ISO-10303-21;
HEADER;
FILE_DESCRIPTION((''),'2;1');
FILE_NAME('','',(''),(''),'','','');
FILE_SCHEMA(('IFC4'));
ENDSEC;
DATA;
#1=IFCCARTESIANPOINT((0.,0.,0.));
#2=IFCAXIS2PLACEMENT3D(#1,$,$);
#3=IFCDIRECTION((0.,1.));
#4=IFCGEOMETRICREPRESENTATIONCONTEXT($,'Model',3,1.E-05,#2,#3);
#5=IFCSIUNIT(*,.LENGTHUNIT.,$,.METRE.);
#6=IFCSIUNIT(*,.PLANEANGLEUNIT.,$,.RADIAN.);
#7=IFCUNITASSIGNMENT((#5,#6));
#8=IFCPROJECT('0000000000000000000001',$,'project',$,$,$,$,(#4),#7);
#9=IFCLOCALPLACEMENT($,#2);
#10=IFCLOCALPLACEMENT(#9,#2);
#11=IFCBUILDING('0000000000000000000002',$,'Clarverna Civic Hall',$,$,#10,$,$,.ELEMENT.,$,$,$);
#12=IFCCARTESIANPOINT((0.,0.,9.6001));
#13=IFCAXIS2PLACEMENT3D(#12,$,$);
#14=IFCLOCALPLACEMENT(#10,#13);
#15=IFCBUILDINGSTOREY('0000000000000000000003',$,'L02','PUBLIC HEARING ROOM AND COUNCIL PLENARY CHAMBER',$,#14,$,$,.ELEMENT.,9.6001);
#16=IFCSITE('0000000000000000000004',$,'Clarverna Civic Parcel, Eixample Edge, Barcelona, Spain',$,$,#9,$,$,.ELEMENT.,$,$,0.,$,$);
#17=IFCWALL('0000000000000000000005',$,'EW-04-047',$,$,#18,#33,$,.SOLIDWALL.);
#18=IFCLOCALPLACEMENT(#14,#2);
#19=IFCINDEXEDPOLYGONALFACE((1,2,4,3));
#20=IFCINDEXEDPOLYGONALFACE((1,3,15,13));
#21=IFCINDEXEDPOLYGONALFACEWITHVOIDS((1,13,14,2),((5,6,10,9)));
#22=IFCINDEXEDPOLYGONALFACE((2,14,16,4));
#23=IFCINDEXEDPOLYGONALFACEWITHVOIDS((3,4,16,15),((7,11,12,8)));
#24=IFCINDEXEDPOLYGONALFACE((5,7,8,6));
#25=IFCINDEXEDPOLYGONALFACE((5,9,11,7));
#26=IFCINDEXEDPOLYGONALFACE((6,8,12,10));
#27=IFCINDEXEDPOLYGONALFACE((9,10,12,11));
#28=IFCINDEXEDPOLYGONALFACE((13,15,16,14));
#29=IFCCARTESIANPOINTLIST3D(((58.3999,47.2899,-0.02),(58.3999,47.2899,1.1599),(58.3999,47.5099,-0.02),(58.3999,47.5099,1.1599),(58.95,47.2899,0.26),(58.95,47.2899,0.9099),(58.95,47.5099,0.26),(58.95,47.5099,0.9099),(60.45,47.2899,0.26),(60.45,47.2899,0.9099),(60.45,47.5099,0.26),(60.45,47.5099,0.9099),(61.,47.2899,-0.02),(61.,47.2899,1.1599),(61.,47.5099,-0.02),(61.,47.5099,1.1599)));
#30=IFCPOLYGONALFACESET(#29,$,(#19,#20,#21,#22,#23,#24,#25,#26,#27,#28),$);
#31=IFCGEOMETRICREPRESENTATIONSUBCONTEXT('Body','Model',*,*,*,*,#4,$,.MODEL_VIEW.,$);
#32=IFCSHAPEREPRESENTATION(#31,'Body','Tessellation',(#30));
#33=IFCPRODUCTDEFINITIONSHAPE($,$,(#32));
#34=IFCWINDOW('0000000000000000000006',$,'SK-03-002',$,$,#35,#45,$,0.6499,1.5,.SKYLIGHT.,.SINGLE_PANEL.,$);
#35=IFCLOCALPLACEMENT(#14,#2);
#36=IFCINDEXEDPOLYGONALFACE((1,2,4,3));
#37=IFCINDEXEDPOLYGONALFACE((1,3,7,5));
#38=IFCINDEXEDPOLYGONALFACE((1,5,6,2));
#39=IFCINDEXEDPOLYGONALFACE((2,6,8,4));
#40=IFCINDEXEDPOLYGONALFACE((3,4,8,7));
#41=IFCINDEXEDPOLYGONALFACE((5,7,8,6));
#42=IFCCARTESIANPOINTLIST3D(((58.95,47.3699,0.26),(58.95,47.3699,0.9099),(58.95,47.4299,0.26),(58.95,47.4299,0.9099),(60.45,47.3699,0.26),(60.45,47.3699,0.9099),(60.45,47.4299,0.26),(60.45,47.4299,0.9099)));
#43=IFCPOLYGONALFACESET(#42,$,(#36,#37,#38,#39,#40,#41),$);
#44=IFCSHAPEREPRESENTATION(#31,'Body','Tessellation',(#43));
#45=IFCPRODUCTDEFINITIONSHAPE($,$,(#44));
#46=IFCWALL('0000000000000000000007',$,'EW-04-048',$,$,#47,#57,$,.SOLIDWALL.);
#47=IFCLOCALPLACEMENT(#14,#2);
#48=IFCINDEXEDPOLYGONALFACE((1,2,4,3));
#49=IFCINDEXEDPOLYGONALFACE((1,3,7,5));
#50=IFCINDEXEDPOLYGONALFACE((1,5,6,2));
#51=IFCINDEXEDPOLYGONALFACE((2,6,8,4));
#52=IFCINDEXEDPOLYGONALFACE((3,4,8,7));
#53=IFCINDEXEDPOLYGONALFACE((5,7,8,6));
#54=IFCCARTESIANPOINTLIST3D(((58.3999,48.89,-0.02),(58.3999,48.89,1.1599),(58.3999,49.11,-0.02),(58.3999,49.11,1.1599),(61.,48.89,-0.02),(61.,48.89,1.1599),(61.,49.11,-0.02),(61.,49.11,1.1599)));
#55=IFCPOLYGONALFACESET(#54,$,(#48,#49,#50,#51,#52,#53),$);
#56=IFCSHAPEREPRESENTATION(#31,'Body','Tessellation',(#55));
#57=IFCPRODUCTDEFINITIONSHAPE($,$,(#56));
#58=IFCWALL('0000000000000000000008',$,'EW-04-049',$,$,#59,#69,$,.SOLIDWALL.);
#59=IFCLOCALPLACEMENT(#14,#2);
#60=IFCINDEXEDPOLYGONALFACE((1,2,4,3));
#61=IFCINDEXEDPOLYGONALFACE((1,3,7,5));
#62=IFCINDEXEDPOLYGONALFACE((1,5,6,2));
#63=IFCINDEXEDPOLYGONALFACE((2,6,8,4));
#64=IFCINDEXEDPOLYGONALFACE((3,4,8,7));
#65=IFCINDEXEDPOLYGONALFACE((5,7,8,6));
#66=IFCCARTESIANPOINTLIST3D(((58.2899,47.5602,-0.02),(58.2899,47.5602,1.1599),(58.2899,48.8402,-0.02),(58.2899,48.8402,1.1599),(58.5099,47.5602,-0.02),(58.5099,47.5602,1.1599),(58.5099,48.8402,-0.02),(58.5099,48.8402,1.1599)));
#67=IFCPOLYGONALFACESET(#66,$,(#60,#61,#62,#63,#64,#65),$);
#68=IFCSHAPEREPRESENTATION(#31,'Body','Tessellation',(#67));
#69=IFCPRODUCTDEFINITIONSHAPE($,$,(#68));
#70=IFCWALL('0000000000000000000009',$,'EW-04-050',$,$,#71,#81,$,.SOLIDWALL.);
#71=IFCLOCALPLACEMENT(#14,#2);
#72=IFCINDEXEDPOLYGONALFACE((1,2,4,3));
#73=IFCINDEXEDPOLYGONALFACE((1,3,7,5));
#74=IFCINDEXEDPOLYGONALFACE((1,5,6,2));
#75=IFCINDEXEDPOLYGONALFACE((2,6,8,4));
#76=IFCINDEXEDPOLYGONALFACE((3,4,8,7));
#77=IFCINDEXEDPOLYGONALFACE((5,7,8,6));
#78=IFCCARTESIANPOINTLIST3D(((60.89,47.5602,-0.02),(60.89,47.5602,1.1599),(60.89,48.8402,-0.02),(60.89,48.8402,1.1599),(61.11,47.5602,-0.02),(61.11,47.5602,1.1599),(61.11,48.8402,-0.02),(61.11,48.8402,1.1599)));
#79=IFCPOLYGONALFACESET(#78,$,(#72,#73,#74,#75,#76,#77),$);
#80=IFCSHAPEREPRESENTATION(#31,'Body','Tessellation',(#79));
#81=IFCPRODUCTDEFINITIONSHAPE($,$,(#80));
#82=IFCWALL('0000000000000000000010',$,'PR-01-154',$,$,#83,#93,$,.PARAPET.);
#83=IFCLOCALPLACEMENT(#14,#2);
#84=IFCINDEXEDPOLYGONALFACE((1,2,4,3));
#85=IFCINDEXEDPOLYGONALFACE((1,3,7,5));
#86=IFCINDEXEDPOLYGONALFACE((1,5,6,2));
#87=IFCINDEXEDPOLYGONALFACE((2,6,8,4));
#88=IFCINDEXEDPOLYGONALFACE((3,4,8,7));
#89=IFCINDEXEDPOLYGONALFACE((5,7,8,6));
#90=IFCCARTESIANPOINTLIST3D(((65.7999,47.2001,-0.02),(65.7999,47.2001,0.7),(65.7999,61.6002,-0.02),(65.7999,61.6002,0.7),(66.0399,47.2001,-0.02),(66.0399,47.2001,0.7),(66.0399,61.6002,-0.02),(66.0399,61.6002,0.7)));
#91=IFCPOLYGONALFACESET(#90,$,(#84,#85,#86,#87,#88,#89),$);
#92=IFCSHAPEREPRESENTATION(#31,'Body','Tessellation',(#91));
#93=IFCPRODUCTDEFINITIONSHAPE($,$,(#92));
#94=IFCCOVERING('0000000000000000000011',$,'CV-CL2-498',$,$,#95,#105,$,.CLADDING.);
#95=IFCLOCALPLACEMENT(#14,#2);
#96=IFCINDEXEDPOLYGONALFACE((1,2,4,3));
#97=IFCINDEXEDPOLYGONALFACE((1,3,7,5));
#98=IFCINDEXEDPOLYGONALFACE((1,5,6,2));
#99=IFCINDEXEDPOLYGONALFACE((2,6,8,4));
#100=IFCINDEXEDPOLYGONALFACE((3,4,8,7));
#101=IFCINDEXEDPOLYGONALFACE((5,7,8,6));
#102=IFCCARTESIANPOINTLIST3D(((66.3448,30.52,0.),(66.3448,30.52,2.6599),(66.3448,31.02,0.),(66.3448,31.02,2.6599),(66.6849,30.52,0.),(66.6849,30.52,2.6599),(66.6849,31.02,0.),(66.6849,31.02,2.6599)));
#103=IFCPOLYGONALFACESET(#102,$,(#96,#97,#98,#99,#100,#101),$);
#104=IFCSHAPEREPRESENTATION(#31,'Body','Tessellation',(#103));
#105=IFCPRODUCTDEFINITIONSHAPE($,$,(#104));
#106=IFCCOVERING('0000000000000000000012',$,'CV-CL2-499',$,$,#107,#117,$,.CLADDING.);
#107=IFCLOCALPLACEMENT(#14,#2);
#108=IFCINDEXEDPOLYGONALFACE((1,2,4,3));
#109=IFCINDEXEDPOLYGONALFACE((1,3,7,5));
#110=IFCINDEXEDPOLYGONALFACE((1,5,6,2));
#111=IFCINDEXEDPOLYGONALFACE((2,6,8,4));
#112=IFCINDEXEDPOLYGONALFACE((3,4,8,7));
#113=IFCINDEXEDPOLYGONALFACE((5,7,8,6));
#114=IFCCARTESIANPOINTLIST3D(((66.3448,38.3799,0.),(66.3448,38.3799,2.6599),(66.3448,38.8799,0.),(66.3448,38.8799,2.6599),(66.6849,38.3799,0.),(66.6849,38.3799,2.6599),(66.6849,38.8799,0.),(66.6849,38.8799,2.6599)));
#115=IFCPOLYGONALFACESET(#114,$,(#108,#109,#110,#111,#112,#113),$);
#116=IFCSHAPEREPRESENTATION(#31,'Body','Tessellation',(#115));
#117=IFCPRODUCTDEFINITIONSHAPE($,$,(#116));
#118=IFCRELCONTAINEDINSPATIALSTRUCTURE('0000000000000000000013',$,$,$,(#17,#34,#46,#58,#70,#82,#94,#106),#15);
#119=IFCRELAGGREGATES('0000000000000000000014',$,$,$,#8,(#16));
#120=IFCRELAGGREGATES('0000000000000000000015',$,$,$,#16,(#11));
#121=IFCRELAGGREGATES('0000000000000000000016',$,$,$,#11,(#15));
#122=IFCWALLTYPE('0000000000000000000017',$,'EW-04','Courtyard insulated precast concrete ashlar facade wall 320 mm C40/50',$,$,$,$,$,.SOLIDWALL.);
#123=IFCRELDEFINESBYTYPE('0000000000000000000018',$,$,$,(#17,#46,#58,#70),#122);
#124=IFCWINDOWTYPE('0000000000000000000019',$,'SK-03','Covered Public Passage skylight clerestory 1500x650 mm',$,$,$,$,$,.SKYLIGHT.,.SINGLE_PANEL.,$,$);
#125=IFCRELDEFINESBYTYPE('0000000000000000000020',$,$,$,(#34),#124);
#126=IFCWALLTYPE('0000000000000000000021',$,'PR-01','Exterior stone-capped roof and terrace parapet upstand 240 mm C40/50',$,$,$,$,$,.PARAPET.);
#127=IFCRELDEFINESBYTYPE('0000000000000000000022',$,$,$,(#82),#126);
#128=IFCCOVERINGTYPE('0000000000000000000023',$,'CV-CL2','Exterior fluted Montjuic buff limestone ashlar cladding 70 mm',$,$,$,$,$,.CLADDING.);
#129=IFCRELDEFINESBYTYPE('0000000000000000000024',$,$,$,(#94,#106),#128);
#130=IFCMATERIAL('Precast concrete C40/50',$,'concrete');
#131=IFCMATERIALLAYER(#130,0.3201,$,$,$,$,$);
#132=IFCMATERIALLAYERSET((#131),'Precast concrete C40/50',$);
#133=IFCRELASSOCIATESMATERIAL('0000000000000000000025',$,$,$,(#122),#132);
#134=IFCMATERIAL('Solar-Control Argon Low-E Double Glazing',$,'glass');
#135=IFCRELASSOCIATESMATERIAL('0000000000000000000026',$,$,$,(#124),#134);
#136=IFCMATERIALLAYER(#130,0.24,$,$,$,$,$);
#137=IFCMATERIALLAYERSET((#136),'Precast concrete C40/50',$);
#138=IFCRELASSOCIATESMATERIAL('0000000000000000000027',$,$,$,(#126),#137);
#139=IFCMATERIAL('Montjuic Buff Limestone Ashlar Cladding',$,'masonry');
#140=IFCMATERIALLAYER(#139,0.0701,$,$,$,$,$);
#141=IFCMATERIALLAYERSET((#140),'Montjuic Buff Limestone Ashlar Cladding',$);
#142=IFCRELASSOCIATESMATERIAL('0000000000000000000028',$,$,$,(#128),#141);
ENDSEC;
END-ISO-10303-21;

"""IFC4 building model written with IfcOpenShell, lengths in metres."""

from ifc_helpers import new_model, si_unit, direction, frame, frame_2d, origin, place, context, subcontext, project, spatial, rectangle, extrude, material, layer, layer_set, type_object, element, fill, save


model = new_model("IFC4")

# Units and contexts
model_context = context("Model", 3, precision=1e-05, world=origin(), true_north=direction((0.0, 1.0)))
body_context = subcontext(model_context, "Body", "Model", "MODEL_VIEW")
ifc_project = project(units=[si_unit("LENGTHUNIT", "METRE"), si_unit("PLANEANGLEUNIT", "RADIAN")], contexts=[model_context])

# Site, building, storey
site_placement = place(None, origin())
site = spatial("IfcSite", under=ifc_project, at=site_placement, Name="Clarverna Civic Parcel, Eixample Edge, Barcelona, Spain", CompositionType="ELEMENT", RefElevation=0.0)
building_placement = place(site_placement, origin())
building = spatial("IfcBuilding", under=site, at=building_placement, Name="Clarverna Civic Hall", CompositionType="ELEMENT")
storey_placement = place(building_placement, frame((0.0, 0.0, 9.6001)))
storey = spatial("IfcBuildingStorey", under=building, at=storey_placement, Name="L02", Description="PUBLIC HEARING ROOM AND COUNCIL PLENARY CHAMBER", CompositionType="ELEMENT", Elevation=9.6001)

# Shared definitions
ifc_material_1 = material(Name="Precast concrete C40/50", Category="concrete")
ifc_layer_1 = layer(ifc_material_1, 0.3201)
ifc_layer_set_1 = layer_set([ifc_layer_1], Name="Precast concrete C40/50")
wall_type_1 = type_object("IfcWallType", Name="EW-04", Description="Courtyard insulated precast concrete ashlar facade wall 320 mm C40/50", PredefinedType="SOLIDWALL", material=ifc_layer_set_1)

# Shared definitions
ifc_material_2 = material(Name="Solar-Control Argon Low-E Double Glazing", Category="glass")

# Shared definitions
window_type_1 = type_object("IfcWindowType", Name="SK-03", Description="Covered Public Passage skylight clerestory 1500x650 mm", PartitioningType="SINGLE_PANEL", PredefinedType="SKYLIGHT", material=ifc_material_2)

# Wall, opening, window
wall_1_placement = place(storey_placement, frame((58.3999, 47.3999, -0.02), z_axis=(0.0, 0.0, 1.0), x_axis=(1.0, 0.0, 0.0)))
wall_1 = element("IfcWall", 1, at=wall_1_placement, inside=storey, type_object=wall_type_1, Name="EW-04-047", PredefinedType="SOLIDWALL", context=body_context, shape_type="SweptSolid", body=[
    extrude(rectangle(XDim=2.6001, YDim=0.22, at=frame_2d((1.3, 0.0))), origin(), (0.0, 0.0, 1.0), 1.1799),
])
opening_1_placement = place(wall_1_placement, frame((0.55, 0.0, 0.28)))
opening_1 = element("IfcOpeningElement", 2, at=opening_1_placement, cuts=wall_1, PredefinedType="OPENING", context=body_context, shape_type="SweptSolid", body=[
    extrude(rectangle(XDim=1.5, YDim=0.6499, at=frame_2d((0.75, 0.325))), frame((0.0, 0.1199, 0.0), z_axis=(0.0, -1.0, 0.0), x_axis=(1.0, 0.0, 0.0)), (0.0, 0.0, 1.0), 0.24),
])
window_1_placement = place(opening_1_placement, origin())
window_1 = element("IfcWindow", 3, at=window_1_placement, inside=storey, type_object=window_type_1, Name="SK-03-002", OverallHeight=0.6499, OverallWidth=1.5, PartitioningType="SINGLE_PANEL", PredefinedType="SKYLIGHT", context=body_context, shape_type="SweptSolid", body=[
    extrude(rectangle(XDim=1.5, YDim=0.6499, at=frame_2d((0.75, 0.325))), frame((0.0, 0.03, 0.0), z_axis=(0.0, -1.0, 0.0), x_axis=(1.0, 0.0, 0.0)), (0.0, 0.0, 1.0), 0.0601),
])
fill(opening_1, window_1)

# Walls
wall_2_placement = place(storey_placement, frame((58.3999, 49.0, -0.02), z_axis=(0.0, 0.0, 1.0), x_axis=(1.0, 0.0, 0.0)))
element("IfcWall", 4, at=wall_2_placement, inside=storey, type_object=wall_type_1, Name="EW-04-048", PredefinedType="SOLIDWALL", context=body_context, shape_type="SweptSolid", body=[
    extrude(rectangle(XDim=2.6001, YDim=0.22, at=frame_2d((1.3, 0.0))), origin(), (0.0, 0.0, 1.0), 1.1799),
])
for number, where, z_axis, x_axis, name in (
    (5, (58.3999, 47.5601, -0.02), (0.0, 0.0, 1.0), (0.0, 1.0, 0.0), "EW-04-049"),
    (6, (61.0, 47.5601, -0.02), (0.0, 0.0, 1.0), (0.0, 1.0, 0.0), "EW-04-050"),
):
    element("IfcWall", number, at=place(storey_placement, frame(where, z_axis=z_axis, x_axis=x_axis)), inside=storey, type_object=wall_type_1, Name=name, PredefinedType="SOLIDWALL", context=body_context, shape_type="SweptSolid", body=[
        extrude(rectangle(XDim=1.28, YDim=0.22, at=frame_2d((0.6401, 0.0))), origin(), (0.0, 0.0, 1.0), 1.1799),
    ])
ifc_layer_2 = layer(ifc_material_1, 0.24)
ifc_layer_set_2 = layer_set([ifc_layer_2], Name="Precast concrete C40/50")
wall_type_2 = type_object("IfcWallType", Name="PR-01", Description="Exterior stone-capped roof and terrace parapet upstand 240 mm C40/50", PredefinedType="PARAPET", material=ifc_layer_set_2)
wall_3_placement = place(storey_placement, frame((65.9199, 47.2, -0.02), z_axis=(0.0, 0.0, 1.0), x_axis=(0.0, 1.0, 0.0)))
element("IfcWall", 7, at=wall_3_placement, inside=storey, type_object=wall_type_2, Name="PR-01-154", PredefinedType="PARAPET", context=body_context, shape_type="SweptSolid", body=[
    extrude(rectangle(XDim=14.4001, YDim=0.24, at=frame_2d((7.2002, 0.0))), origin(), (0.0, 0.0, 1.0), 0.72),
])

# Coverings
ifc_material_3 = material(Name="Montjuic Buff Limestone Ashlar Cladding", Category="masonry")
ifc_layer_3 = layer(ifc_material_3, 0.0701)
ifc_layer_set_3 = layer_set([ifc_layer_3], Name="Montjuic Buff Limestone Ashlar Cladding")
covering_type = type_object("IfcCoveringType", Name="CV-CL2", Description="Exterior fluted Montjuic buff limestone ashlar cladding 70 mm", PredefinedType="CLADDING", material=ifc_layer_set_3)
for number, where, z_axis, x_axis, name in (
    (8, (66.5149, 30.52, 0.0), (0.0, 0.0, 1.0), (0.0, 1.0, 0.0), "CV-CL2-498"),
    (9, (66.5149, 38.3799, 0.0), (0.0, 0.0, 1.0), (0.0, 1.0, 0.0), "CV-CL2-499"),
):
    element("IfcCovering", number, at=place(storey_placement, frame(where, z_axis=z_axis, x_axis=x_axis)), inside=storey, type_object=covering_type, Name=name, PredefinedType="CLADDING", context=body_context, shape_type="SweptSolid", body=[
        extrude(rectangle(XDim=0.5, YDim=0.3401, at=frame_2d((0.25, 0.0))), origin(), (0.0, 0.0, 1.0), 2.6599),
    ])

save(model, "model.ifc")
